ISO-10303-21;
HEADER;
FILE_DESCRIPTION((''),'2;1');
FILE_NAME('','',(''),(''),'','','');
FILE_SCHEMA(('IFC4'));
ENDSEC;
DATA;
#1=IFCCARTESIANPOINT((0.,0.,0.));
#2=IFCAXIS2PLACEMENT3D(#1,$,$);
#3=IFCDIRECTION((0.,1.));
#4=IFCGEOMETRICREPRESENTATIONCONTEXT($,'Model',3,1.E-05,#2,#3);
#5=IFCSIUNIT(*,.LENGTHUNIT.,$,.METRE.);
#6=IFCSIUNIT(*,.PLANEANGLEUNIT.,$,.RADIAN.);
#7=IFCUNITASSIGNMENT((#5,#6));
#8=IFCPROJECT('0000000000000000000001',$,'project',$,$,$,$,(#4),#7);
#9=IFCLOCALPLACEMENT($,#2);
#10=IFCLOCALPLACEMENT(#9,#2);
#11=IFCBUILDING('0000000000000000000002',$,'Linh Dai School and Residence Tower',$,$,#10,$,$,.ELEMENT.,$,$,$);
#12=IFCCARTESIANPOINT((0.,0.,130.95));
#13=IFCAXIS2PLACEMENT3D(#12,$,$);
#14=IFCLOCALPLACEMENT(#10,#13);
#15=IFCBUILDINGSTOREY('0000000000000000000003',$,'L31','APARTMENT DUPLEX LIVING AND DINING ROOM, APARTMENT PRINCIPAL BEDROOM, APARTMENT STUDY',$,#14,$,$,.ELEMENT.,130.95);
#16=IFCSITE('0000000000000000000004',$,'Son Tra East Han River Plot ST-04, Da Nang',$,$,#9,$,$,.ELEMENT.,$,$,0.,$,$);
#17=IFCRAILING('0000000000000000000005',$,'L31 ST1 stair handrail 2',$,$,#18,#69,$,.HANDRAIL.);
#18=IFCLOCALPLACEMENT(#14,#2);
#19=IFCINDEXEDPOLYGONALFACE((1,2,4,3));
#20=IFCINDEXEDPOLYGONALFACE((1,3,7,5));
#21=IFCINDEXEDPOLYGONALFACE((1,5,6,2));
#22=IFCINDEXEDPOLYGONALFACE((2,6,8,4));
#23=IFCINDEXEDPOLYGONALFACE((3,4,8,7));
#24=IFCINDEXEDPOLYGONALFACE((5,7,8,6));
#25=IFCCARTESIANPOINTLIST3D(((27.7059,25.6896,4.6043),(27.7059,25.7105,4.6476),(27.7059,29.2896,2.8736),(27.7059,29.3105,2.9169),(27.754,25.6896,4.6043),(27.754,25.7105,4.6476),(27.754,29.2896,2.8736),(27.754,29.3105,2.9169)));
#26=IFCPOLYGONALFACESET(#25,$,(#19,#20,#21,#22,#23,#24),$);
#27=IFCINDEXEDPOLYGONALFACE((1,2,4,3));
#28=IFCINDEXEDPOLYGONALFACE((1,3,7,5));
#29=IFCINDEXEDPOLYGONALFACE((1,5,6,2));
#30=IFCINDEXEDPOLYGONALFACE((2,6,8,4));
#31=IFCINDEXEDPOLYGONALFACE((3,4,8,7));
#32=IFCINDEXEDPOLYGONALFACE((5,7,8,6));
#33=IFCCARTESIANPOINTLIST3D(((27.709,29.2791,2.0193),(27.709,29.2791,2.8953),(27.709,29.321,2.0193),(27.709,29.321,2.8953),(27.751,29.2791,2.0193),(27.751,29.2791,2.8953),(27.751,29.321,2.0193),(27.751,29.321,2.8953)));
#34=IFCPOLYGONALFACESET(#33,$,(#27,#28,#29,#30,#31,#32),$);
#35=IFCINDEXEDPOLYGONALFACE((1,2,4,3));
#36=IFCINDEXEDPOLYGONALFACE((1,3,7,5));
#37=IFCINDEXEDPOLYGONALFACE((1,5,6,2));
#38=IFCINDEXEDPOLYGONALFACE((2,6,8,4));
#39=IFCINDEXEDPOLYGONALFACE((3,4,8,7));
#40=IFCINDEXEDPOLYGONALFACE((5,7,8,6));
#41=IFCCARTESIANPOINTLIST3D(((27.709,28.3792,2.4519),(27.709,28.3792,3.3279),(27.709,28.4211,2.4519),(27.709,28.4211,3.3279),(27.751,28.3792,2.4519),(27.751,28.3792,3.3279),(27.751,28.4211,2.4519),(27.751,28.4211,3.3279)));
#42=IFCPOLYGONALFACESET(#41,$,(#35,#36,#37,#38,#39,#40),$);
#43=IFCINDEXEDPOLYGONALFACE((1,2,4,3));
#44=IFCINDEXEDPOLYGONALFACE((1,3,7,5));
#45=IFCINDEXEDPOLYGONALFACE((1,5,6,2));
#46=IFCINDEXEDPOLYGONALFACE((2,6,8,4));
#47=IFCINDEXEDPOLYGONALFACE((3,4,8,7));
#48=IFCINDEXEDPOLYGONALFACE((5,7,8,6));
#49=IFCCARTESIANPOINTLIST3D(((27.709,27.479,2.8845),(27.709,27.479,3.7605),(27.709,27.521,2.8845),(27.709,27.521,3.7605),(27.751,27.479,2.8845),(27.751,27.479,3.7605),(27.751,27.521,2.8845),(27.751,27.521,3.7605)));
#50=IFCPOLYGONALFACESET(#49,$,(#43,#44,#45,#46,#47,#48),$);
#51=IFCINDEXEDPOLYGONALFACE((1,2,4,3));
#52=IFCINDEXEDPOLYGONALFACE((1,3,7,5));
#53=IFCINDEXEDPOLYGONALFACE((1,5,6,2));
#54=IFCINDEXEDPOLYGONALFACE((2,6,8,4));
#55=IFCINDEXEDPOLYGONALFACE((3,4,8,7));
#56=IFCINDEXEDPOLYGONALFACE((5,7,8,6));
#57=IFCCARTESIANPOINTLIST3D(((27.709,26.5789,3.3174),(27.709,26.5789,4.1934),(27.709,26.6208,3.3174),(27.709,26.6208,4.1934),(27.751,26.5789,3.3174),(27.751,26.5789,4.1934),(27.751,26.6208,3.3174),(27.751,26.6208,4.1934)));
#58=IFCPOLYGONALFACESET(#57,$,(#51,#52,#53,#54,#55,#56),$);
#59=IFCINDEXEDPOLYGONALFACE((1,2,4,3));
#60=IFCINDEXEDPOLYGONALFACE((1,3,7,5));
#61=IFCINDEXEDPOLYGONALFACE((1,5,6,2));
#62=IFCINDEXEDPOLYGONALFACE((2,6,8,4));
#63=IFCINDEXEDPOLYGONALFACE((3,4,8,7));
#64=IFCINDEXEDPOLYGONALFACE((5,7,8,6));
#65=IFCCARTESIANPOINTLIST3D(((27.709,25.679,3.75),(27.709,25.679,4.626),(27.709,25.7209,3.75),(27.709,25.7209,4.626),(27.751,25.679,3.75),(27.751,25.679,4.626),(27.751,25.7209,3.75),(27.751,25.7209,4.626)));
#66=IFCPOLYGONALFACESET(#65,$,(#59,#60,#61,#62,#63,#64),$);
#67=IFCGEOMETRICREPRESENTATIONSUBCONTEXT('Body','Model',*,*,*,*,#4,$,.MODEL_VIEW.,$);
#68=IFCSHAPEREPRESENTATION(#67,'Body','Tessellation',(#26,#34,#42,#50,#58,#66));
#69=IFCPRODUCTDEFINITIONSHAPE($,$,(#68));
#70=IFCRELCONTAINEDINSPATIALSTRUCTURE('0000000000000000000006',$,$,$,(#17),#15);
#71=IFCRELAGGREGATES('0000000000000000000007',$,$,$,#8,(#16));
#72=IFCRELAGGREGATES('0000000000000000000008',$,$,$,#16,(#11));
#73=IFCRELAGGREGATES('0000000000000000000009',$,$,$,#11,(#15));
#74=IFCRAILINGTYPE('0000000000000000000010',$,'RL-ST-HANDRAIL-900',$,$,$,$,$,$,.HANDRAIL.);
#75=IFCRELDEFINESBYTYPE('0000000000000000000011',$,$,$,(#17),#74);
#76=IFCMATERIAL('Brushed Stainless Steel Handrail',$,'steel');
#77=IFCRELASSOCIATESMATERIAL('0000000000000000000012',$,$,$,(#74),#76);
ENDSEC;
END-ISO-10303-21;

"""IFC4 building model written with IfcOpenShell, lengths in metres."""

from ifc_helpers import new_model, si_unit, direction, frame, origin, origin_2d, place, context, subcontext, project, spatial, rectangle, extrude, source, transform, mapped, material, type_object, element, save


model = new_model("IFC4")

# Units and contexts
model_context = context("Model", 3, precision=1e-05, world=origin(), true_north=direction((0.0, 1.0)))
body_context = subcontext(model_context, "Body", "Model", "MODEL_VIEW")
ifc_project = project(units=[si_unit("LENGTHUNIT", "METRE"), si_unit("PLANEANGLEUNIT", "RADIAN")], contexts=[model_context])

# Site, building, storey
site_placement = place(None, origin())
site = spatial("IfcSite", under=ifc_project, at=site_placement, Name="Son Tra East Han River Plot ST-04, Da Nang", CompositionType="ELEMENT", RefElevation=0.0)
building_placement = place(site_placement, origin())
building = spatial("IfcBuilding", under=site, at=building_placement, Name="Linh Dai School and Residence Tower", CompositionType="ELEMENT")
storey_placement = place(building_placement, frame((0.0, 0.0, 130.95)))
storey = spatial("IfcBuildingStorey", under=building, at=storey_placement, Name="L31", Description="APARTMENT DUPLEX LIVING AND DINING ROOM, APARTMENT PRINCIPAL BEDROOM, APARTMENT STUDY", CompositionType="ELEMENT", Elevation=130.95)

# Railing
ifc_material_1 = material(Name="Brushed Stainless Steel Handrail", Category="steel")
railing_type_1 = type_object("IfcRailingType", Name="RL-ST-HANDRAIL-900", PredefinedType="HANDRAIL", material=ifc_material_1)
shared_shape_1 = source(origin(), body_context, "Body", "SweptSolid", [
    extrude(rectangle(XDim=0.0481, YDim=0.0481, at=origin_2d()), frame((0.0, 0.0, 0.876), z_axis=(0.0, -0.901263, 0.433273), x_axis=(1.0, 0.0, 0.0)), (0.0, 0.0, 1.0), 3.9944),
    extrude(rectangle(XDim=0.042, YDim=0.042, at=origin_2d()), origin(), (0.0, 0.0, 1.0), 0.876),
    extrude(rectangle(XDim=0.042, YDim=0.042, at=origin_2d()), frame((0.0, -0.8999, 0.4326)), (0.0, 0.0, 1.0), 0.876),
    extrude(rectangle(XDim=0.042, YDim=0.042, at=origin_2d()), frame((0.0, -1.8, 0.8652)), (0.0, 0.0, 1.0), 0.876),
    extrude(rectangle(XDim=0.042, YDim=0.042, at=origin_2d()), frame((0.0, -2.7002, 1.2981)), (0.0, 0.0, 1.0), 0.876),
    extrude(rectangle(XDim=0.042, YDim=0.042, at=origin_2d()), frame((0.0, -3.6001, 1.7307)), (0.0, 0.0, 1.0), 0.876),
])
railing_1_placement = place(storey_placement, frame((27.73, 29.3, 2.0193)))
element("IfcRailing", 1, at=railing_1_placement, inside=storey, type_object=railing_type_1, Name="L31 ST1 stair handrail 2", PredefinedType="HANDRAIL", context=body_context, shape_type="MappedRepresentation", body=[
    mapped(shared_shape_1, transform((0.0, 0.0, 0.0), x_axis=(1.0, 0.0, 0.0), y_axis=(0.0, 1.0, 0.0), z_axis=(0.0, 0.0, 1.0), scale=1.0)),
])

save(model, "model.ifc")
